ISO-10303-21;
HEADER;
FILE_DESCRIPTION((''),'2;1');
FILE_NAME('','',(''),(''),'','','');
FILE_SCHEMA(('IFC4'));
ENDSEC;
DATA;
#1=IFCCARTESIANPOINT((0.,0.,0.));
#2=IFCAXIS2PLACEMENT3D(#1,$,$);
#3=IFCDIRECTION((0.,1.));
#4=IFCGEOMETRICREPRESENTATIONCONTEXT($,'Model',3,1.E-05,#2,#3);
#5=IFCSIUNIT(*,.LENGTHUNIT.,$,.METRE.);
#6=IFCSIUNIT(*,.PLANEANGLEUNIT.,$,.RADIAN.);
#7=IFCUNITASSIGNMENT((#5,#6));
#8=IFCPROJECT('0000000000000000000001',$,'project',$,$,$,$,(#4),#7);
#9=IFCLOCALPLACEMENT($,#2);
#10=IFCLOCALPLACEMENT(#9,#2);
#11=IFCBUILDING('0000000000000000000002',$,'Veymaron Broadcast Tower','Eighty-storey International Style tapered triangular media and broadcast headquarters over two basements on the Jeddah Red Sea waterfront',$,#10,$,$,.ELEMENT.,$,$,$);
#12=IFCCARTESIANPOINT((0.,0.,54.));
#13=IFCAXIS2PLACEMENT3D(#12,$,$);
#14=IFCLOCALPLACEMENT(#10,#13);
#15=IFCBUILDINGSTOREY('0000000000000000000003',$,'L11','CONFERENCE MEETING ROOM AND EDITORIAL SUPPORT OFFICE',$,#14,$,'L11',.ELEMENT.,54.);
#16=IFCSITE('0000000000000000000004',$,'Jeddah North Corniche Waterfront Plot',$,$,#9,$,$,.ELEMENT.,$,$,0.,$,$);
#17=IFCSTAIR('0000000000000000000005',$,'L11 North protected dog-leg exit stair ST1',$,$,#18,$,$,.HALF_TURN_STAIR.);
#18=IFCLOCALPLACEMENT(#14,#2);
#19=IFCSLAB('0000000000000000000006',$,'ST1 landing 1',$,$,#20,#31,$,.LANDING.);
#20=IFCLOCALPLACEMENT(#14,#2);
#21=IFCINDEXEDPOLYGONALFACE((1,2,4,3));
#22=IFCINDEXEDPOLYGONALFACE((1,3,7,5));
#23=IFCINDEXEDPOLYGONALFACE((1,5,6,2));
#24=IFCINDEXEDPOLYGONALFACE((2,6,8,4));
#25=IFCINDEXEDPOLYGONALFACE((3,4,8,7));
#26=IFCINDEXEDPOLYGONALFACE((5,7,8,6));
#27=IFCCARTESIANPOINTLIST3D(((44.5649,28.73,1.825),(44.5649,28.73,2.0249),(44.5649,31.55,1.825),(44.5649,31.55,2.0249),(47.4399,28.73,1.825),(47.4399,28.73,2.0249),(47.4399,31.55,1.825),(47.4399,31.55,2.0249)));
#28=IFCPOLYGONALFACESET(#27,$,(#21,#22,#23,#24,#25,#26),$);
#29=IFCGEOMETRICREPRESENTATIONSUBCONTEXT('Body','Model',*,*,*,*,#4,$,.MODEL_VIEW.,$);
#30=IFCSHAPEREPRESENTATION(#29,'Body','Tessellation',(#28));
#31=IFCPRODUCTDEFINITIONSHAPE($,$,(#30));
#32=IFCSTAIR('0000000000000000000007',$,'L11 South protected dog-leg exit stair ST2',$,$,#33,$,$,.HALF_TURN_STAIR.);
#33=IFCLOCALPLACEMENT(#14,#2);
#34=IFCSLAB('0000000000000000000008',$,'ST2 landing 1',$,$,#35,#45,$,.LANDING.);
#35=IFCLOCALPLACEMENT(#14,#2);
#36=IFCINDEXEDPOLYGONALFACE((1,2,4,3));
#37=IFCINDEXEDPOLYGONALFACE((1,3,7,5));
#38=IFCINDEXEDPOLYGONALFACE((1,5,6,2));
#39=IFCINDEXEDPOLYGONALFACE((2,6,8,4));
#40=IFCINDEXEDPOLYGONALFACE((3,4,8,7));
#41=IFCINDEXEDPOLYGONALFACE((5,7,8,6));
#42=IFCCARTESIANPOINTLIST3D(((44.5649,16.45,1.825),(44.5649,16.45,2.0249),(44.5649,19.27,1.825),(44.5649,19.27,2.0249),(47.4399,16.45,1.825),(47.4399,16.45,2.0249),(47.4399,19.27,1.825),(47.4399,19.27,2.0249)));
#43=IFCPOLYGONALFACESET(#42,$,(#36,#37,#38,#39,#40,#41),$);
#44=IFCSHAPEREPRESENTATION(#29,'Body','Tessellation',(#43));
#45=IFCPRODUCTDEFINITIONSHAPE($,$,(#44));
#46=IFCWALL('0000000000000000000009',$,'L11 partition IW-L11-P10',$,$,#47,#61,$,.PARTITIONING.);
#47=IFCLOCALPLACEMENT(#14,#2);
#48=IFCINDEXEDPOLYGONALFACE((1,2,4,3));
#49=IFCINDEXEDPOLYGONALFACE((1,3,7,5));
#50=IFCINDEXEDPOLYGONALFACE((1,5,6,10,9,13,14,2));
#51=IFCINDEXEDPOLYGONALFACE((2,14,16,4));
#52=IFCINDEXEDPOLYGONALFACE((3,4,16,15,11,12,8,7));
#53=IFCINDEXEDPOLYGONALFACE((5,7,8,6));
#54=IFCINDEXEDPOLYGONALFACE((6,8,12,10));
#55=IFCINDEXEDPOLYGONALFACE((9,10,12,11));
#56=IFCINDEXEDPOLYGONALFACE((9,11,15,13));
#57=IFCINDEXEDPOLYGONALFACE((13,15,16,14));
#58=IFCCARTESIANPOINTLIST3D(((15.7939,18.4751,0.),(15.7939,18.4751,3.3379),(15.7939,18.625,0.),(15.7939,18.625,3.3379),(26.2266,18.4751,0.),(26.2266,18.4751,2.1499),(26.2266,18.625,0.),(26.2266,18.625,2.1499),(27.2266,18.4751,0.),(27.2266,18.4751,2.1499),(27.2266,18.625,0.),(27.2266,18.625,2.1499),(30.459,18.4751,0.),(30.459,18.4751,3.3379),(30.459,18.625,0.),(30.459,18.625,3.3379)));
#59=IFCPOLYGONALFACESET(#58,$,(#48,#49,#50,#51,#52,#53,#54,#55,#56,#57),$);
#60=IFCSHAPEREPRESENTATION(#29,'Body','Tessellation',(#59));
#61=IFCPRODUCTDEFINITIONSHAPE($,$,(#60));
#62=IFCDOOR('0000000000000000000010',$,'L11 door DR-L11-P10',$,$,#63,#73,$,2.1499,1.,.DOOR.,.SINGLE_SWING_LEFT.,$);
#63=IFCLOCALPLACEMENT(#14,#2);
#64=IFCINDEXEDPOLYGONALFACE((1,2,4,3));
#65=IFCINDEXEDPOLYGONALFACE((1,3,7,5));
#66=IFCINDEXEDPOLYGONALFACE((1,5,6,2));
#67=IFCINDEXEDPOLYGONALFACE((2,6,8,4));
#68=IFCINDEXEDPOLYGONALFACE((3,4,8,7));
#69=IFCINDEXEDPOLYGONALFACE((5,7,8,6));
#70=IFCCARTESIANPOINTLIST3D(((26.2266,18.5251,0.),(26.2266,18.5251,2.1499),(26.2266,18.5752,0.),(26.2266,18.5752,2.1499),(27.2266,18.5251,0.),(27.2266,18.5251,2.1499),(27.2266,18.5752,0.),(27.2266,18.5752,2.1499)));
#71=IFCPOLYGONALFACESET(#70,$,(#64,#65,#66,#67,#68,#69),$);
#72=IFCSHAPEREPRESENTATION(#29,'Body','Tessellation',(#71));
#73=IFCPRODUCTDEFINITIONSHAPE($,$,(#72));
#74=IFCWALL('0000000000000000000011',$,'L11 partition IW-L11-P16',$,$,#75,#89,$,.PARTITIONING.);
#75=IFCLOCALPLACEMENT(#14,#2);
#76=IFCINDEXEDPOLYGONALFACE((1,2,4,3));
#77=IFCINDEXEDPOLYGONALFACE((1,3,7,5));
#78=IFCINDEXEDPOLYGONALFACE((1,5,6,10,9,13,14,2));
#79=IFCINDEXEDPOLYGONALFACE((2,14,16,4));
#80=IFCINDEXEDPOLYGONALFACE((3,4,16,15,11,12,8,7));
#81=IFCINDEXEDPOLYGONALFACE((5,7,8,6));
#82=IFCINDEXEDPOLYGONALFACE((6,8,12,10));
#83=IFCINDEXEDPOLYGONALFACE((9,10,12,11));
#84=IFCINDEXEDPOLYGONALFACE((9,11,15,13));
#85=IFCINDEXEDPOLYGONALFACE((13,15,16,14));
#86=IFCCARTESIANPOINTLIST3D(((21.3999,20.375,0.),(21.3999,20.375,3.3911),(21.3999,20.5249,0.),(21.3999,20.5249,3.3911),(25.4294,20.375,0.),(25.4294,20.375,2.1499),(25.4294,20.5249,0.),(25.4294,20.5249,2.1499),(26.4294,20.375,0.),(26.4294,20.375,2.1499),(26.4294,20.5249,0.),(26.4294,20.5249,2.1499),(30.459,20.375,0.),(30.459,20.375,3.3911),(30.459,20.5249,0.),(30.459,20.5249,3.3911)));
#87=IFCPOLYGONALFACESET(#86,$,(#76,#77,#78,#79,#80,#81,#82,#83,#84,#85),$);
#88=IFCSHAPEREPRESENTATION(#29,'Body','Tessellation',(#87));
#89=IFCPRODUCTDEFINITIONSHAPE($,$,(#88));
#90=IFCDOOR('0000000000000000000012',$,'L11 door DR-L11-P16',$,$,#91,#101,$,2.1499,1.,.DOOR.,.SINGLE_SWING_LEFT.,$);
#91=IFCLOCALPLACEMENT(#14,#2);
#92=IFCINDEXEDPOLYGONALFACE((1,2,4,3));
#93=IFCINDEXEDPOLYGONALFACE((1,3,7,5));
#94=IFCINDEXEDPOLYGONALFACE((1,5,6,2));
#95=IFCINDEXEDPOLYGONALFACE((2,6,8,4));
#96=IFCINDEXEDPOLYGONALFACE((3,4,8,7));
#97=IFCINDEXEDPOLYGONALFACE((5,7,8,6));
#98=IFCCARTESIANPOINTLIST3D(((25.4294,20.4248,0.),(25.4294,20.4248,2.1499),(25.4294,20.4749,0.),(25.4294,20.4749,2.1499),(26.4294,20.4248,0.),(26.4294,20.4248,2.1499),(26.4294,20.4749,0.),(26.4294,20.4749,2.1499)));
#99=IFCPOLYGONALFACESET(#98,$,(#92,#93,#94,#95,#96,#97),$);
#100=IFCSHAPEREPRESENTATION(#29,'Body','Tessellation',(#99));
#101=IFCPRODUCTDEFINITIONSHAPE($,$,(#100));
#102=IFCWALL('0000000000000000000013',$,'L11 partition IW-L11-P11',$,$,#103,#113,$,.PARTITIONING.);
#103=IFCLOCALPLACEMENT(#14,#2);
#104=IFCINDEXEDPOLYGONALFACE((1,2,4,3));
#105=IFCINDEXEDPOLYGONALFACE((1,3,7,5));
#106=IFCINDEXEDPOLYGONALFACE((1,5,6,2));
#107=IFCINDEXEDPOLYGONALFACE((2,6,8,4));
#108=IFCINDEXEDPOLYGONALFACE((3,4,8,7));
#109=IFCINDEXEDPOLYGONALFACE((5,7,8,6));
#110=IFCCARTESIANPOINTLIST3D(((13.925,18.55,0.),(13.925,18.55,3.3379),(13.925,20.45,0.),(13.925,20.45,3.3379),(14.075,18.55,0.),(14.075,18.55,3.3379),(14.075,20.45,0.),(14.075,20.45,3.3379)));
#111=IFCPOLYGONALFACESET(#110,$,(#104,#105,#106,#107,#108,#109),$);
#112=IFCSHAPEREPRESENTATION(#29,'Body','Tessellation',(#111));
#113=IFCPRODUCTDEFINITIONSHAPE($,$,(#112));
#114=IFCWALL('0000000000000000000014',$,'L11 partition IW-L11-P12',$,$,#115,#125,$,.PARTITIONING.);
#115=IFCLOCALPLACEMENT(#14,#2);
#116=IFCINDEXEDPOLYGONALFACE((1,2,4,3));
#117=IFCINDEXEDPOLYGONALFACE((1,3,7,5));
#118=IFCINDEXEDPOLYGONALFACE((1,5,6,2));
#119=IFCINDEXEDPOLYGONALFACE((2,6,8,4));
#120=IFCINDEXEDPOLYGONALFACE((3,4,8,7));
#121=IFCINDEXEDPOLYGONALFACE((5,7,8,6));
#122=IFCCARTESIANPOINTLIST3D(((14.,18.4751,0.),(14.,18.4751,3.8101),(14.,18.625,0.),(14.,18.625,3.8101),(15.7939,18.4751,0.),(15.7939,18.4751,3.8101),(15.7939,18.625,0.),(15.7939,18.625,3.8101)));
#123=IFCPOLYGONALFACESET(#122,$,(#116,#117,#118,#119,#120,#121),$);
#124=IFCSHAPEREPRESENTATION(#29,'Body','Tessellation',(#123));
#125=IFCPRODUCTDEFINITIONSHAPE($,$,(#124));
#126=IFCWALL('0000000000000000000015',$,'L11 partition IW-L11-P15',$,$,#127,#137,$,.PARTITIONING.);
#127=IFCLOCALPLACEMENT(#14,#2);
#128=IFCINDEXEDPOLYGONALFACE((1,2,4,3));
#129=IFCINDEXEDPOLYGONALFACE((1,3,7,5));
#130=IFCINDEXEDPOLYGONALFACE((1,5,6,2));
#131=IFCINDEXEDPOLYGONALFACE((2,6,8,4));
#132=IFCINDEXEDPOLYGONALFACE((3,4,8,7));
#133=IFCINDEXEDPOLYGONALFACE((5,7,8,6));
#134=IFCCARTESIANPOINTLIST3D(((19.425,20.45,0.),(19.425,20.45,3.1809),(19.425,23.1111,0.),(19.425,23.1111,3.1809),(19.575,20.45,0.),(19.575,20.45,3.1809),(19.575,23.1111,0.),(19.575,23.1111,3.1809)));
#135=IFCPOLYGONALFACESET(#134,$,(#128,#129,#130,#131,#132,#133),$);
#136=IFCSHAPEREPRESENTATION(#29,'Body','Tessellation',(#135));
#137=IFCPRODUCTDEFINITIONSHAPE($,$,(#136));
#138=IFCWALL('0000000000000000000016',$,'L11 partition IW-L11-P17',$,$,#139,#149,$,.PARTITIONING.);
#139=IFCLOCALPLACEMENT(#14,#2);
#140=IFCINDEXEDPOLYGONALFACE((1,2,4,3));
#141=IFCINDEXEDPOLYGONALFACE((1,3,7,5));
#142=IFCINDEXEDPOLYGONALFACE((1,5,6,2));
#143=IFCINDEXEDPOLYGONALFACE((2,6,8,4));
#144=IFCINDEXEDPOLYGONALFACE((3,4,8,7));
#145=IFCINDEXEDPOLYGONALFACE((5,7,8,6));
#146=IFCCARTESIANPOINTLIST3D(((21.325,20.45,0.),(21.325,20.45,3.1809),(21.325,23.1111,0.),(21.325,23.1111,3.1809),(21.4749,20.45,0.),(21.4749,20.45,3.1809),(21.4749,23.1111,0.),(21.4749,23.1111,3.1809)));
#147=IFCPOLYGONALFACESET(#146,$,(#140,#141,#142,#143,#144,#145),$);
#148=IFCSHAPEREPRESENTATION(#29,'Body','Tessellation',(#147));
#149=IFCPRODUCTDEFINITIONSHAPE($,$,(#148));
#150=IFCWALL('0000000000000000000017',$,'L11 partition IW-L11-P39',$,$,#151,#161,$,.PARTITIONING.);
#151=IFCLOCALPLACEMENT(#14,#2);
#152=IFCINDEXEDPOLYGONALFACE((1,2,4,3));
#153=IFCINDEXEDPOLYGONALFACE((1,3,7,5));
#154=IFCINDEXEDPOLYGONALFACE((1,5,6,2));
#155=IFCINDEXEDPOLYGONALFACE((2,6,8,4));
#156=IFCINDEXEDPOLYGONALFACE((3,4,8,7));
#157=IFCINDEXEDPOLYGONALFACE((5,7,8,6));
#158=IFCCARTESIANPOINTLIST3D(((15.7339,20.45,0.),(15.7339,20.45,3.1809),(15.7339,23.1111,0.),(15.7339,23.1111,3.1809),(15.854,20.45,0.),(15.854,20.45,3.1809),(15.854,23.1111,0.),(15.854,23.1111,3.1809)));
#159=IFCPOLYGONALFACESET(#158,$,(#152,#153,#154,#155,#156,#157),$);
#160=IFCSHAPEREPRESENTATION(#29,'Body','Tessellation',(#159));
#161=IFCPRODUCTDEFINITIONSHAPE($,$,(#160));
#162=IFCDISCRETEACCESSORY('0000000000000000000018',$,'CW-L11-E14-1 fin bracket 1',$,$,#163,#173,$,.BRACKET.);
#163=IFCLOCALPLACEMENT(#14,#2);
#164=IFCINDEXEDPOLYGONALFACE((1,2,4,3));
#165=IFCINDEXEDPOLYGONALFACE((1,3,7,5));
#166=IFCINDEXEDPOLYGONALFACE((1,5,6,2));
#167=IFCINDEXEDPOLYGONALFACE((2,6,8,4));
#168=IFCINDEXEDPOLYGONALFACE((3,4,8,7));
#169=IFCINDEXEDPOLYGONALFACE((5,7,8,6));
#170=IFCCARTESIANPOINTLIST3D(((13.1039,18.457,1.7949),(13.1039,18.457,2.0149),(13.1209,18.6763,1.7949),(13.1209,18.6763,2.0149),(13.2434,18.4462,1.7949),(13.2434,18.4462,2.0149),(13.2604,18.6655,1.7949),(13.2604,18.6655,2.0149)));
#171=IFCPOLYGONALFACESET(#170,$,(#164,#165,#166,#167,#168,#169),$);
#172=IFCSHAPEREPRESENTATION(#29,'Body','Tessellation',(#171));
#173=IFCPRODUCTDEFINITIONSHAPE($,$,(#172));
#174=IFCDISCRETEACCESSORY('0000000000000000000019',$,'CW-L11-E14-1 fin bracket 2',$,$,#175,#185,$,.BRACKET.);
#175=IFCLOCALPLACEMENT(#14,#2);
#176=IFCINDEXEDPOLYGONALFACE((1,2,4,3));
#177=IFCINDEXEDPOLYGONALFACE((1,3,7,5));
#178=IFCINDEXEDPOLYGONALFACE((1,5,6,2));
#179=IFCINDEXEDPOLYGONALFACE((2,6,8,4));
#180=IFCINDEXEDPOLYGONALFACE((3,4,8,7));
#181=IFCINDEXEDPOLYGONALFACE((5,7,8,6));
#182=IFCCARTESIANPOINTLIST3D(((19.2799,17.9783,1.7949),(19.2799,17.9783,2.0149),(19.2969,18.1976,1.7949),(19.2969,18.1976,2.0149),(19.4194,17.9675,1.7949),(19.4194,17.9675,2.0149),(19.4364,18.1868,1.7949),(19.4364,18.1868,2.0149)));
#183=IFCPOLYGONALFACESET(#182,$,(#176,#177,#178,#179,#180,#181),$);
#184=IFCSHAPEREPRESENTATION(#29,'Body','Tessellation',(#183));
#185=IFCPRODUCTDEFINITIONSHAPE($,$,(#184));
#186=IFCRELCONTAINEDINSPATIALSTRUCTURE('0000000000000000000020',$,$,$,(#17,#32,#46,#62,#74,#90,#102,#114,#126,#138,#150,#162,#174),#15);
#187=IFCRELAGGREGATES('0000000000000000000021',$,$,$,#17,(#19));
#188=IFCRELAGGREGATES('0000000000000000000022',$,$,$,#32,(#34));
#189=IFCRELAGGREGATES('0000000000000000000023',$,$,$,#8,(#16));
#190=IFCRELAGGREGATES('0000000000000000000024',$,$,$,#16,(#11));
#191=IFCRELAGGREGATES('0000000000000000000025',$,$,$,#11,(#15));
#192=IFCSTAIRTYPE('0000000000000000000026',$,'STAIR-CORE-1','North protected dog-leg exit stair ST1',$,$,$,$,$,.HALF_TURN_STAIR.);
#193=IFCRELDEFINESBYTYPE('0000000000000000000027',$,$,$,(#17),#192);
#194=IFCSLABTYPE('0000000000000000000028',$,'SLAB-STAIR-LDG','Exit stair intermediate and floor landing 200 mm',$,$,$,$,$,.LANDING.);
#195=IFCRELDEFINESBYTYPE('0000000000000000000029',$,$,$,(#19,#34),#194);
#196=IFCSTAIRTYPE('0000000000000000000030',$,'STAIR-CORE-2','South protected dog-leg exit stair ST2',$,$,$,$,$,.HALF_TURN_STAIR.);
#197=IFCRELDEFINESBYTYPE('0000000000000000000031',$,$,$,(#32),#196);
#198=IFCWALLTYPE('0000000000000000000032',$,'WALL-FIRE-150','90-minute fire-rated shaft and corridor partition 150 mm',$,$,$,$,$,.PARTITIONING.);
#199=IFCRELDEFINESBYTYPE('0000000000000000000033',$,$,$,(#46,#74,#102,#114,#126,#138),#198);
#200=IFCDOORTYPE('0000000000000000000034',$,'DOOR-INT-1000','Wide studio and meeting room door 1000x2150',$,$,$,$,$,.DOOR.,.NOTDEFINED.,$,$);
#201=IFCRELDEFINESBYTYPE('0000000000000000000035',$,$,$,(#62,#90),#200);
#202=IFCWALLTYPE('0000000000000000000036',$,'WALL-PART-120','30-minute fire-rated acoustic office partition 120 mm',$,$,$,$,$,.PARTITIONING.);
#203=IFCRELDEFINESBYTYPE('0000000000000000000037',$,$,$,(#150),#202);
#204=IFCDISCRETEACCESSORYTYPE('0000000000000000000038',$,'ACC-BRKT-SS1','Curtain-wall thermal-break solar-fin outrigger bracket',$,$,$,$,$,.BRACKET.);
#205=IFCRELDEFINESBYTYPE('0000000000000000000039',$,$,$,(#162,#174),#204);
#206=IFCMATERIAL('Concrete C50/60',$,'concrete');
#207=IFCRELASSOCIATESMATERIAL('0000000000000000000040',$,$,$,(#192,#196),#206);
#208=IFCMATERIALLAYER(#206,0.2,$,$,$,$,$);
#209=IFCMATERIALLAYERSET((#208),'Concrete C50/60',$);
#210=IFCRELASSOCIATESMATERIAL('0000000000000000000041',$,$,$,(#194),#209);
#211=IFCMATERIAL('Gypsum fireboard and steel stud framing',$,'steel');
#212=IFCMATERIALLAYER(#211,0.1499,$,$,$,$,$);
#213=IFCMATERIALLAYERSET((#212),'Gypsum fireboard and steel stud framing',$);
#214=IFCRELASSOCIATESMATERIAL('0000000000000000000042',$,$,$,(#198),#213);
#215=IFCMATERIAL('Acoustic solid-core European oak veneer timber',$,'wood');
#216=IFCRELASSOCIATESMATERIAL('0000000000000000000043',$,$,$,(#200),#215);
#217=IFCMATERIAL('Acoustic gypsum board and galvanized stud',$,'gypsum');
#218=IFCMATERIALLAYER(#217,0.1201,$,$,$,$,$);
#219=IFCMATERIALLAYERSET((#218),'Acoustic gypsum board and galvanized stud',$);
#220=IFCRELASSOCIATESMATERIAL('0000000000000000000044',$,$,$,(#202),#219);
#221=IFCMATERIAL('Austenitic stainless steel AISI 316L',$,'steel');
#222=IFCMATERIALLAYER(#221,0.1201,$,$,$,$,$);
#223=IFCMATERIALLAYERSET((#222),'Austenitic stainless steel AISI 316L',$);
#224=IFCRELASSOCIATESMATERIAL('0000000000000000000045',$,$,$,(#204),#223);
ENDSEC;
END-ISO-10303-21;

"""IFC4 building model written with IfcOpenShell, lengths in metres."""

from ifc_helpers import new_model, si_unit, direction, frame, frame_2d, origin, origin_2d, place, context, subcontext, project, spatial, polyline, rectangle, outline, extrude, material, layer, layer_set, type_object, element, fill, aggregate, save


model = new_model("IFC4")

# Units and contexts
model_context = context("Model", 3, precision=1e-05, world=origin(), true_north=direction((0.0, 1.0)))
body_context = subcontext(model_context, "Body", "Model", "MODEL_VIEW")
ifc_project = project(units=[si_unit("LENGTHUNIT", "METRE"), si_unit("PLANEANGLEUNIT", "RADIAN")], contexts=[model_context])

# Site, building, storey
site_placement = place(None, origin())
site = spatial("IfcSite", under=ifc_project, at=site_placement, Name="Jeddah North Corniche Waterfront Plot", CompositionType="ELEMENT", RefElevation=0.0)
building_placement = place(site_placement, origin())
building = spatial("IfcBuilding", under=site, at=building_placement, Name="Veymaron Broadcast Tower", Description="Eighty-storey International Style tapered triangular media and broadcast headquarters over two basements on the Jeddah Red Sea waterfront", CompositionType="ELEMENT")
storey_placement = place(building_placement, frame((0.0, 0.0, 54.0)))
storey = spatial("IfcBuildingStorey", under=building, at=storey_placement, Name="L11", Description="CONFERENCE MEETING ROOM AND EDITORIAL SUPPORT OFFICE", LongName="L11", CompositionType="ELEMENT", Elevation=54.0)

# Stairs, slabs
ifc_material_1 = material(Name="Concrete C50/60", Category="concrete")
stair_type_1 = type_object("IfcStairType", Name="STAIR-CORE-1", Description="North protected dog-leg exit stair ST1", PredefinedType="HALF_TURN_STAIR", material=ifc_material_1)
stair_1_placement = place(storey_placement, origin())
stair_1 = element("IfcStair", 1, at=stair_1_placement, inside=storey, type_object=stair_type_1, Name="L11 North protected dog-leg exit stair ST1", PredefinedType="HALF_TURN_STAIR")
ifc_layer_1 = layer(ifc_material_1, 0.2)
ifc_layer_set_1 = layer_set([ifc_layer_1], Name="Concrete C50/60")
slab_type_1 = type_object("IfcSlabType", Name="SLAB-STAIR-LDG", Description="Exit stair intermediate and floor landing 200 mm", PredefinedType="LANDING", material=ifc_layer_set_1)
slab_1_placement = place(storey_placement, frame((0.0, 0.0, 1.825)))
slab_1 = element("IfcSlab", 2, at=slab_1_placement, type_object=slab_type_1, Name="ST1 landing 1", PredefinedType="LANDING", context=body_context, shape_type="SweptSolid", body=[
    extrude(outline(polyline([(44.5649, 28.73), (47.4399, 28.73), (47.4399, 31.55), (44.5649, 31.55), (44.5649, 28.73)])), origin(), (0.0, 0.0, 1.0), 0.2),
])
aggregate(stair_1, [slab_1])
stair_type_2 = type_object("IfcStairType", Name="STAIR-CORE-2", Description="South protected dog-leg exit stair ST2", PredefinedType="HALF_TURN_STAIR", material=ifc_material_1)
stair_2_placement = place(storey_placement, origin())
stair_2 = element("IfcStair", 3, at=stair_2_placement, inside=storey, type_object=stair_type_2, Name="L11 South protected dog-leg exit stair ST2", PredefinedType="HALF_TURN_STAIR")
slab_2_placement = place(storey_placement, frame((0.0, 0.0, 1.825)))
slab_2 = element("IfcSlab", 4, at=slab_2_placement, type_object=slab_type_1, Name="ST2 landing 1", PredefinedType="LANDING", context=body_context, shape_type="SweptSolid", body=[
    extrude(outline(polyline([(44.5649, 16.45), (47.4399, 16.45), (47.4399, 19.27), (44.5649, 19.27), (44.5649, 16.45)])), origin(), (0.0, 0.0, 1.0), 0.2),
])
aggregate(stair_2, [slab_2])

# Walls, openings, doors
ifc_material_2 = material(Name="Gypsum fireboard and steel stud framing", Category="steel")
ifc_layer_2 = layer(ifc_material_2, 0.1499)
ifc_layer_set_2 = layer_set([ifc_layer_2], Name="Gypsum fireboard and steel stud framing")
wall_type_1 = type_object("IfcWallType", Name="WALL-FIRE-150", Description="90-minute fire-rated shaft and corridor partition 150 mm", PredefinedType="PARTITIONING", material=ifc_layer_set_2)
wall_1_placement = place(storey_placement, frame((15.7939, 18.55, 0.0), z_axis=(0.0, 0.0, 1.0), x_axis=(1.0, 0.0, 0.0)))
wall_1 = element("IfcWall", 5, at=wall_1_placement, inside=storey, type_object=wall_type_1, Name="L11 partition IW-L11-P10", PredefinedType="PARTITIONING", context=body_context, shape_type="SweptSolid", body=[
    extrude(rectangle(XDim=14.665, YDim=0.1499, at=frame_2d((7.3325, 0.0))), origin(), (0.0, 0.0, 1.0), 3.3379),
])
opening_1_placement = place(wall_1_placement, frame((10.4326, 0.0, 0.0)))
opening_1 = element("IfcOpeningElement", 6, at=opening_1_placement, cuts=wall_1, PredefinedType="OPENING", context=body_context, shape_type="SweptSolid", body=[
    extrude(rectangle(XDim=1.0, YDim=2.1499, at=frame_2d((0.5, 1.075))), frame((0.0, 0.085, 0.0), z_axis=(0.0, -1.0, 0.0), x_axis=(1.0, 0.0, 0.0)), (0.0, 0.0, 1.0), 0.1699),
])
ifc_material_3 = material(Name="Acoustic solid-core European oak veneer timber", Category="wood")
door_type_1 = type_object("IfcDoorType", Name="DOOR-INT-1000", Description="Wide studio and meeting room door 1000x2150", OperationType="NOTDEFINED", PredefinedType="DOOR", material=ifc_material_3)
door_1_placement = place(opening_1_placement, frame((1.0, 0.0, 0.0), z_axis=(0.0, 0.0, 1.0), x_axis=(-1.0, 0.0, 0.0)))
door_1 = element("IfcDoor", 7, at=door_1_placement, inside=storey, type_object=door_type_1, Name="L11 door DR-L11-P10", OperationType="SINGLE_SWING_LEFT", OverallHeight=2.1499, OverallWidth=1.0, PredefinedType="DOOR", context=body_context, shape_type="SweptSolid", body=[
    extrude(rectangle(XDim=1.0, YDim=2.1499, at=frame_2d((0.5, 1.075))), frame((0.0, 0.0249, 0.0), z_axis=(0.0, -1.0, 0.0), x_axis=(1.0, 0.0, 0.0)), (0.0, 0.0, 1.0), 0.05),
])
fill(opening_1, door_1)
wall_2_placement = place(storey_placement, frame((21.3999, 20.45, 0.0), z_axis=(0.0, 0.0, 1.0), x_axis=(1.0, 0.0, 0.0)))
wall_2 = element("IfcWall", 8, at=wall_2_placement, inside=storey, type_object=wall_type_1, Name="L11 partition IW-L11-P16", PredefinedType="PARTITIONING", context=body_context, shape_type="SweptSolid", body=[
    extrude(rectangle(XDim=9.0591, YDim=0.1499, at=frame_2d((4.5295, 0.0))), origin(), (0.0, 0.0, 1.0), 3.3911),
])
opening_2_placement = place(wall_2_placement, frame((4.0295, 0.0, 0.0)))
opening_2 = element("IfcOpeningElement", 9, at=opening_2_placement, cuts=wall_2, PredefinedType="OPENING", context=body_context, shape_type="SweptSolid", body=[
    extrude(rectangle(XDim=1.0, YDim=2.1499, at=frame_2d((0.5, 1.075))), frame((0.0, 0.085, 0.0), z_axis=(0.0, -1.0, 0.0), x_axis=(1.0, 0.0, 0.0)), (0.0, 0.0, 1.0), 0.1699),
])
door_2_placement = place(opening_2_placement, origin())
door_2 = element("IfcDoor", 10, at=door_2_placement, inside=storey, type_object=door_type_1, Name="L11 door DR-L11-P16", OperationType="SINGLE_SWING_LEFT", OverallHeight=2.1499, OverallWidth=1.0, PredefinedType="DOOR", context=body_context, shape_type="SweptSolid", body=[
    extrude(rectangle(XDim=1.0, YDim=2.1499, at=frame_2d((0.5, 1.075))), frame((0.0, 0.0249, 0.0), z_axis=(0.0, -1.0, 0.0), x_axis=(1.0, 0.0, 0.0)), (0.0, 0.0, 1.0), 0.05),
])
fill(opening_2, door_2)

# Walls
wall_3_placement = place(storey_placement, frame((14.0, 18.55, 0.0), z_axis=(0.0, 0.0, 1.0), x_axis=(0.0, 1.0, 0.0)))
element("IfcWall", 11, at=wall_3_placement, inside=storey, type_object=wall_type_1, Name="L11 partition IW-L11-P11", PredefinedType="PARTITIONING", context=body_context, shape_type="SweptSolid", body=[
    extrude(rectangle(XDim=1.8999, YDim=0.1499, at=frame_2d((0.95, 0.0))), origin(), (0.0, 0.0, 1.0), 3.3379),
])
wall_4_placement = place(storey_placement, frame((14.0, 18.55, 0.0), z_axis=(0.0, 0.0, 1.0), x_axis=(1.0, 0.0, 0.0)))
element("IfcWall", 12, at=wall_4_placement, inside=storey, type_object=wall_type_1, Name="L11 partition IW-L11-P12", PredefinedType="PARTITIONING", context=body_context, shape_type="SweptSolid", body=[
    extrude(rectangle(XDim=1.7939, YDim=0.1499, at=frame_2d((0.897, 0.0))), origin(), (0.0, 0.0, 1.0), 3.8101),
])
for number, where, z_axis, x_axis, name in (
    (13, (19.5, 20.45, 0.0), (0.0, 0.0, 1.0), (0.0, 1.0, 0.0), "L11 partition IW-L11-P15"),
    (14, (21.3999, 20.45, 0.0), (0.0, 0.0, 1.0), (0.0, 1.0, 0.0), "L11 partition IW-L11-P17"),
):
    element("IfcWall", number, at=place(storey_placement, frame(where, z_axis=z_axis, x_axis=x_axis)), inside=storey, type_object=wall_type_1, Name=name, PredefinedType="PARTITIONING", context=body_context, shape_type="SweptSolid", body=[
        extrude(rectangle(XDim=2.6611, YDim=0.1499, at=frame_2d((1.3306, 0.0))), origin(), (0.0, 0.0, 1.0), 3.1809),
    ])
ifc_material_4 = material(Name="Acoustic gypsum board and galvanized stud", Category="gypsum")
ifc_layer_3 = layer(ifc_material_4, 0.1201)
ifc_layer_set_3 = layer_set([ifc_layer_3], Name="Acoustic gypsum board and galvanized stud")
wall_type_2 = type_object("IfcWallType", Name="WALL-PART-120", Description="30-minute fire-rated acoustic office partition 120 mm", PredefinedType="PARTITIONING", material=ifc_layer_set_3)
wall_5_placement = place(storey_placement, frame((15.7939, 20.45, 0.0), z_axis=(0.0, 0.0, 1.0), x_axis=(0.0, 1.0, 0.0)))
element("IfcWall", 15, at=wall_5_placement, inside=storey, type_object=wall_type_2, Name="L11 partition IW-L11-P39", PredefinedType="PARTITIONING", context=body_context, shape_type="SweptSolid", body=[
    extrude(rectangle(XDim=2.6611, YDim=0.1201, at=frame_2d((1.3306, 0.0))), origin(), (0.0, 0.0, 1.0), 3.1809),
])

# Discrete accessories
ifc_material_5 = material(Name="Austenitic stainless steel AISI 316L", Category="steel")
ifc_layer_4 = layer(ifc_material_5, 0.1201)
ifc_layer_set_4 = layer_set([ifc_layer_4], Name="Austenitic stainless steel AISI 316L")
discrete_accessory_type = type_object("IfcDiscreteAccessoryType", Name="ACC-BRKT-SS1", Description="Curtain-wall thermal-break solar-fin outrigger bracket", PredefinedType="BRACKET", material=ifc_layer_set_4)
for number, where, z_axis, x_axis, name in (
    (16, (13.1821, 18.5613, 1.7949), (0.0, 0.0, 1.0), (-0.077293, -0.997008, 0.0), "CW-L11-E14-1 fin bracket 1"),
    (17, (19.3582, 18.0825, 1.7949), (0.0, 0.0, 1.0), (-0.077293, -0.997008, 0.0), "CW-L11-E14-1 fin bracket 2"),
):
    element("IfcDiscreteAccessory", number, at=place(storey_placement, frame(where, z_axis=z_axis, x_axis=x_axis)), inside=storey, type_object=discrete_accessory_type, Name=name, PredefinedType="BRACKET", context=body_context, shape_type="SweptSolid", body=[
        extrude(rectangle(XDim=0.22, YDim=0.1399, at=origin_2d()), origin(), (0.0, 0.0, 1.0), 0.22),
    ])

save(model, "model.ifc")
